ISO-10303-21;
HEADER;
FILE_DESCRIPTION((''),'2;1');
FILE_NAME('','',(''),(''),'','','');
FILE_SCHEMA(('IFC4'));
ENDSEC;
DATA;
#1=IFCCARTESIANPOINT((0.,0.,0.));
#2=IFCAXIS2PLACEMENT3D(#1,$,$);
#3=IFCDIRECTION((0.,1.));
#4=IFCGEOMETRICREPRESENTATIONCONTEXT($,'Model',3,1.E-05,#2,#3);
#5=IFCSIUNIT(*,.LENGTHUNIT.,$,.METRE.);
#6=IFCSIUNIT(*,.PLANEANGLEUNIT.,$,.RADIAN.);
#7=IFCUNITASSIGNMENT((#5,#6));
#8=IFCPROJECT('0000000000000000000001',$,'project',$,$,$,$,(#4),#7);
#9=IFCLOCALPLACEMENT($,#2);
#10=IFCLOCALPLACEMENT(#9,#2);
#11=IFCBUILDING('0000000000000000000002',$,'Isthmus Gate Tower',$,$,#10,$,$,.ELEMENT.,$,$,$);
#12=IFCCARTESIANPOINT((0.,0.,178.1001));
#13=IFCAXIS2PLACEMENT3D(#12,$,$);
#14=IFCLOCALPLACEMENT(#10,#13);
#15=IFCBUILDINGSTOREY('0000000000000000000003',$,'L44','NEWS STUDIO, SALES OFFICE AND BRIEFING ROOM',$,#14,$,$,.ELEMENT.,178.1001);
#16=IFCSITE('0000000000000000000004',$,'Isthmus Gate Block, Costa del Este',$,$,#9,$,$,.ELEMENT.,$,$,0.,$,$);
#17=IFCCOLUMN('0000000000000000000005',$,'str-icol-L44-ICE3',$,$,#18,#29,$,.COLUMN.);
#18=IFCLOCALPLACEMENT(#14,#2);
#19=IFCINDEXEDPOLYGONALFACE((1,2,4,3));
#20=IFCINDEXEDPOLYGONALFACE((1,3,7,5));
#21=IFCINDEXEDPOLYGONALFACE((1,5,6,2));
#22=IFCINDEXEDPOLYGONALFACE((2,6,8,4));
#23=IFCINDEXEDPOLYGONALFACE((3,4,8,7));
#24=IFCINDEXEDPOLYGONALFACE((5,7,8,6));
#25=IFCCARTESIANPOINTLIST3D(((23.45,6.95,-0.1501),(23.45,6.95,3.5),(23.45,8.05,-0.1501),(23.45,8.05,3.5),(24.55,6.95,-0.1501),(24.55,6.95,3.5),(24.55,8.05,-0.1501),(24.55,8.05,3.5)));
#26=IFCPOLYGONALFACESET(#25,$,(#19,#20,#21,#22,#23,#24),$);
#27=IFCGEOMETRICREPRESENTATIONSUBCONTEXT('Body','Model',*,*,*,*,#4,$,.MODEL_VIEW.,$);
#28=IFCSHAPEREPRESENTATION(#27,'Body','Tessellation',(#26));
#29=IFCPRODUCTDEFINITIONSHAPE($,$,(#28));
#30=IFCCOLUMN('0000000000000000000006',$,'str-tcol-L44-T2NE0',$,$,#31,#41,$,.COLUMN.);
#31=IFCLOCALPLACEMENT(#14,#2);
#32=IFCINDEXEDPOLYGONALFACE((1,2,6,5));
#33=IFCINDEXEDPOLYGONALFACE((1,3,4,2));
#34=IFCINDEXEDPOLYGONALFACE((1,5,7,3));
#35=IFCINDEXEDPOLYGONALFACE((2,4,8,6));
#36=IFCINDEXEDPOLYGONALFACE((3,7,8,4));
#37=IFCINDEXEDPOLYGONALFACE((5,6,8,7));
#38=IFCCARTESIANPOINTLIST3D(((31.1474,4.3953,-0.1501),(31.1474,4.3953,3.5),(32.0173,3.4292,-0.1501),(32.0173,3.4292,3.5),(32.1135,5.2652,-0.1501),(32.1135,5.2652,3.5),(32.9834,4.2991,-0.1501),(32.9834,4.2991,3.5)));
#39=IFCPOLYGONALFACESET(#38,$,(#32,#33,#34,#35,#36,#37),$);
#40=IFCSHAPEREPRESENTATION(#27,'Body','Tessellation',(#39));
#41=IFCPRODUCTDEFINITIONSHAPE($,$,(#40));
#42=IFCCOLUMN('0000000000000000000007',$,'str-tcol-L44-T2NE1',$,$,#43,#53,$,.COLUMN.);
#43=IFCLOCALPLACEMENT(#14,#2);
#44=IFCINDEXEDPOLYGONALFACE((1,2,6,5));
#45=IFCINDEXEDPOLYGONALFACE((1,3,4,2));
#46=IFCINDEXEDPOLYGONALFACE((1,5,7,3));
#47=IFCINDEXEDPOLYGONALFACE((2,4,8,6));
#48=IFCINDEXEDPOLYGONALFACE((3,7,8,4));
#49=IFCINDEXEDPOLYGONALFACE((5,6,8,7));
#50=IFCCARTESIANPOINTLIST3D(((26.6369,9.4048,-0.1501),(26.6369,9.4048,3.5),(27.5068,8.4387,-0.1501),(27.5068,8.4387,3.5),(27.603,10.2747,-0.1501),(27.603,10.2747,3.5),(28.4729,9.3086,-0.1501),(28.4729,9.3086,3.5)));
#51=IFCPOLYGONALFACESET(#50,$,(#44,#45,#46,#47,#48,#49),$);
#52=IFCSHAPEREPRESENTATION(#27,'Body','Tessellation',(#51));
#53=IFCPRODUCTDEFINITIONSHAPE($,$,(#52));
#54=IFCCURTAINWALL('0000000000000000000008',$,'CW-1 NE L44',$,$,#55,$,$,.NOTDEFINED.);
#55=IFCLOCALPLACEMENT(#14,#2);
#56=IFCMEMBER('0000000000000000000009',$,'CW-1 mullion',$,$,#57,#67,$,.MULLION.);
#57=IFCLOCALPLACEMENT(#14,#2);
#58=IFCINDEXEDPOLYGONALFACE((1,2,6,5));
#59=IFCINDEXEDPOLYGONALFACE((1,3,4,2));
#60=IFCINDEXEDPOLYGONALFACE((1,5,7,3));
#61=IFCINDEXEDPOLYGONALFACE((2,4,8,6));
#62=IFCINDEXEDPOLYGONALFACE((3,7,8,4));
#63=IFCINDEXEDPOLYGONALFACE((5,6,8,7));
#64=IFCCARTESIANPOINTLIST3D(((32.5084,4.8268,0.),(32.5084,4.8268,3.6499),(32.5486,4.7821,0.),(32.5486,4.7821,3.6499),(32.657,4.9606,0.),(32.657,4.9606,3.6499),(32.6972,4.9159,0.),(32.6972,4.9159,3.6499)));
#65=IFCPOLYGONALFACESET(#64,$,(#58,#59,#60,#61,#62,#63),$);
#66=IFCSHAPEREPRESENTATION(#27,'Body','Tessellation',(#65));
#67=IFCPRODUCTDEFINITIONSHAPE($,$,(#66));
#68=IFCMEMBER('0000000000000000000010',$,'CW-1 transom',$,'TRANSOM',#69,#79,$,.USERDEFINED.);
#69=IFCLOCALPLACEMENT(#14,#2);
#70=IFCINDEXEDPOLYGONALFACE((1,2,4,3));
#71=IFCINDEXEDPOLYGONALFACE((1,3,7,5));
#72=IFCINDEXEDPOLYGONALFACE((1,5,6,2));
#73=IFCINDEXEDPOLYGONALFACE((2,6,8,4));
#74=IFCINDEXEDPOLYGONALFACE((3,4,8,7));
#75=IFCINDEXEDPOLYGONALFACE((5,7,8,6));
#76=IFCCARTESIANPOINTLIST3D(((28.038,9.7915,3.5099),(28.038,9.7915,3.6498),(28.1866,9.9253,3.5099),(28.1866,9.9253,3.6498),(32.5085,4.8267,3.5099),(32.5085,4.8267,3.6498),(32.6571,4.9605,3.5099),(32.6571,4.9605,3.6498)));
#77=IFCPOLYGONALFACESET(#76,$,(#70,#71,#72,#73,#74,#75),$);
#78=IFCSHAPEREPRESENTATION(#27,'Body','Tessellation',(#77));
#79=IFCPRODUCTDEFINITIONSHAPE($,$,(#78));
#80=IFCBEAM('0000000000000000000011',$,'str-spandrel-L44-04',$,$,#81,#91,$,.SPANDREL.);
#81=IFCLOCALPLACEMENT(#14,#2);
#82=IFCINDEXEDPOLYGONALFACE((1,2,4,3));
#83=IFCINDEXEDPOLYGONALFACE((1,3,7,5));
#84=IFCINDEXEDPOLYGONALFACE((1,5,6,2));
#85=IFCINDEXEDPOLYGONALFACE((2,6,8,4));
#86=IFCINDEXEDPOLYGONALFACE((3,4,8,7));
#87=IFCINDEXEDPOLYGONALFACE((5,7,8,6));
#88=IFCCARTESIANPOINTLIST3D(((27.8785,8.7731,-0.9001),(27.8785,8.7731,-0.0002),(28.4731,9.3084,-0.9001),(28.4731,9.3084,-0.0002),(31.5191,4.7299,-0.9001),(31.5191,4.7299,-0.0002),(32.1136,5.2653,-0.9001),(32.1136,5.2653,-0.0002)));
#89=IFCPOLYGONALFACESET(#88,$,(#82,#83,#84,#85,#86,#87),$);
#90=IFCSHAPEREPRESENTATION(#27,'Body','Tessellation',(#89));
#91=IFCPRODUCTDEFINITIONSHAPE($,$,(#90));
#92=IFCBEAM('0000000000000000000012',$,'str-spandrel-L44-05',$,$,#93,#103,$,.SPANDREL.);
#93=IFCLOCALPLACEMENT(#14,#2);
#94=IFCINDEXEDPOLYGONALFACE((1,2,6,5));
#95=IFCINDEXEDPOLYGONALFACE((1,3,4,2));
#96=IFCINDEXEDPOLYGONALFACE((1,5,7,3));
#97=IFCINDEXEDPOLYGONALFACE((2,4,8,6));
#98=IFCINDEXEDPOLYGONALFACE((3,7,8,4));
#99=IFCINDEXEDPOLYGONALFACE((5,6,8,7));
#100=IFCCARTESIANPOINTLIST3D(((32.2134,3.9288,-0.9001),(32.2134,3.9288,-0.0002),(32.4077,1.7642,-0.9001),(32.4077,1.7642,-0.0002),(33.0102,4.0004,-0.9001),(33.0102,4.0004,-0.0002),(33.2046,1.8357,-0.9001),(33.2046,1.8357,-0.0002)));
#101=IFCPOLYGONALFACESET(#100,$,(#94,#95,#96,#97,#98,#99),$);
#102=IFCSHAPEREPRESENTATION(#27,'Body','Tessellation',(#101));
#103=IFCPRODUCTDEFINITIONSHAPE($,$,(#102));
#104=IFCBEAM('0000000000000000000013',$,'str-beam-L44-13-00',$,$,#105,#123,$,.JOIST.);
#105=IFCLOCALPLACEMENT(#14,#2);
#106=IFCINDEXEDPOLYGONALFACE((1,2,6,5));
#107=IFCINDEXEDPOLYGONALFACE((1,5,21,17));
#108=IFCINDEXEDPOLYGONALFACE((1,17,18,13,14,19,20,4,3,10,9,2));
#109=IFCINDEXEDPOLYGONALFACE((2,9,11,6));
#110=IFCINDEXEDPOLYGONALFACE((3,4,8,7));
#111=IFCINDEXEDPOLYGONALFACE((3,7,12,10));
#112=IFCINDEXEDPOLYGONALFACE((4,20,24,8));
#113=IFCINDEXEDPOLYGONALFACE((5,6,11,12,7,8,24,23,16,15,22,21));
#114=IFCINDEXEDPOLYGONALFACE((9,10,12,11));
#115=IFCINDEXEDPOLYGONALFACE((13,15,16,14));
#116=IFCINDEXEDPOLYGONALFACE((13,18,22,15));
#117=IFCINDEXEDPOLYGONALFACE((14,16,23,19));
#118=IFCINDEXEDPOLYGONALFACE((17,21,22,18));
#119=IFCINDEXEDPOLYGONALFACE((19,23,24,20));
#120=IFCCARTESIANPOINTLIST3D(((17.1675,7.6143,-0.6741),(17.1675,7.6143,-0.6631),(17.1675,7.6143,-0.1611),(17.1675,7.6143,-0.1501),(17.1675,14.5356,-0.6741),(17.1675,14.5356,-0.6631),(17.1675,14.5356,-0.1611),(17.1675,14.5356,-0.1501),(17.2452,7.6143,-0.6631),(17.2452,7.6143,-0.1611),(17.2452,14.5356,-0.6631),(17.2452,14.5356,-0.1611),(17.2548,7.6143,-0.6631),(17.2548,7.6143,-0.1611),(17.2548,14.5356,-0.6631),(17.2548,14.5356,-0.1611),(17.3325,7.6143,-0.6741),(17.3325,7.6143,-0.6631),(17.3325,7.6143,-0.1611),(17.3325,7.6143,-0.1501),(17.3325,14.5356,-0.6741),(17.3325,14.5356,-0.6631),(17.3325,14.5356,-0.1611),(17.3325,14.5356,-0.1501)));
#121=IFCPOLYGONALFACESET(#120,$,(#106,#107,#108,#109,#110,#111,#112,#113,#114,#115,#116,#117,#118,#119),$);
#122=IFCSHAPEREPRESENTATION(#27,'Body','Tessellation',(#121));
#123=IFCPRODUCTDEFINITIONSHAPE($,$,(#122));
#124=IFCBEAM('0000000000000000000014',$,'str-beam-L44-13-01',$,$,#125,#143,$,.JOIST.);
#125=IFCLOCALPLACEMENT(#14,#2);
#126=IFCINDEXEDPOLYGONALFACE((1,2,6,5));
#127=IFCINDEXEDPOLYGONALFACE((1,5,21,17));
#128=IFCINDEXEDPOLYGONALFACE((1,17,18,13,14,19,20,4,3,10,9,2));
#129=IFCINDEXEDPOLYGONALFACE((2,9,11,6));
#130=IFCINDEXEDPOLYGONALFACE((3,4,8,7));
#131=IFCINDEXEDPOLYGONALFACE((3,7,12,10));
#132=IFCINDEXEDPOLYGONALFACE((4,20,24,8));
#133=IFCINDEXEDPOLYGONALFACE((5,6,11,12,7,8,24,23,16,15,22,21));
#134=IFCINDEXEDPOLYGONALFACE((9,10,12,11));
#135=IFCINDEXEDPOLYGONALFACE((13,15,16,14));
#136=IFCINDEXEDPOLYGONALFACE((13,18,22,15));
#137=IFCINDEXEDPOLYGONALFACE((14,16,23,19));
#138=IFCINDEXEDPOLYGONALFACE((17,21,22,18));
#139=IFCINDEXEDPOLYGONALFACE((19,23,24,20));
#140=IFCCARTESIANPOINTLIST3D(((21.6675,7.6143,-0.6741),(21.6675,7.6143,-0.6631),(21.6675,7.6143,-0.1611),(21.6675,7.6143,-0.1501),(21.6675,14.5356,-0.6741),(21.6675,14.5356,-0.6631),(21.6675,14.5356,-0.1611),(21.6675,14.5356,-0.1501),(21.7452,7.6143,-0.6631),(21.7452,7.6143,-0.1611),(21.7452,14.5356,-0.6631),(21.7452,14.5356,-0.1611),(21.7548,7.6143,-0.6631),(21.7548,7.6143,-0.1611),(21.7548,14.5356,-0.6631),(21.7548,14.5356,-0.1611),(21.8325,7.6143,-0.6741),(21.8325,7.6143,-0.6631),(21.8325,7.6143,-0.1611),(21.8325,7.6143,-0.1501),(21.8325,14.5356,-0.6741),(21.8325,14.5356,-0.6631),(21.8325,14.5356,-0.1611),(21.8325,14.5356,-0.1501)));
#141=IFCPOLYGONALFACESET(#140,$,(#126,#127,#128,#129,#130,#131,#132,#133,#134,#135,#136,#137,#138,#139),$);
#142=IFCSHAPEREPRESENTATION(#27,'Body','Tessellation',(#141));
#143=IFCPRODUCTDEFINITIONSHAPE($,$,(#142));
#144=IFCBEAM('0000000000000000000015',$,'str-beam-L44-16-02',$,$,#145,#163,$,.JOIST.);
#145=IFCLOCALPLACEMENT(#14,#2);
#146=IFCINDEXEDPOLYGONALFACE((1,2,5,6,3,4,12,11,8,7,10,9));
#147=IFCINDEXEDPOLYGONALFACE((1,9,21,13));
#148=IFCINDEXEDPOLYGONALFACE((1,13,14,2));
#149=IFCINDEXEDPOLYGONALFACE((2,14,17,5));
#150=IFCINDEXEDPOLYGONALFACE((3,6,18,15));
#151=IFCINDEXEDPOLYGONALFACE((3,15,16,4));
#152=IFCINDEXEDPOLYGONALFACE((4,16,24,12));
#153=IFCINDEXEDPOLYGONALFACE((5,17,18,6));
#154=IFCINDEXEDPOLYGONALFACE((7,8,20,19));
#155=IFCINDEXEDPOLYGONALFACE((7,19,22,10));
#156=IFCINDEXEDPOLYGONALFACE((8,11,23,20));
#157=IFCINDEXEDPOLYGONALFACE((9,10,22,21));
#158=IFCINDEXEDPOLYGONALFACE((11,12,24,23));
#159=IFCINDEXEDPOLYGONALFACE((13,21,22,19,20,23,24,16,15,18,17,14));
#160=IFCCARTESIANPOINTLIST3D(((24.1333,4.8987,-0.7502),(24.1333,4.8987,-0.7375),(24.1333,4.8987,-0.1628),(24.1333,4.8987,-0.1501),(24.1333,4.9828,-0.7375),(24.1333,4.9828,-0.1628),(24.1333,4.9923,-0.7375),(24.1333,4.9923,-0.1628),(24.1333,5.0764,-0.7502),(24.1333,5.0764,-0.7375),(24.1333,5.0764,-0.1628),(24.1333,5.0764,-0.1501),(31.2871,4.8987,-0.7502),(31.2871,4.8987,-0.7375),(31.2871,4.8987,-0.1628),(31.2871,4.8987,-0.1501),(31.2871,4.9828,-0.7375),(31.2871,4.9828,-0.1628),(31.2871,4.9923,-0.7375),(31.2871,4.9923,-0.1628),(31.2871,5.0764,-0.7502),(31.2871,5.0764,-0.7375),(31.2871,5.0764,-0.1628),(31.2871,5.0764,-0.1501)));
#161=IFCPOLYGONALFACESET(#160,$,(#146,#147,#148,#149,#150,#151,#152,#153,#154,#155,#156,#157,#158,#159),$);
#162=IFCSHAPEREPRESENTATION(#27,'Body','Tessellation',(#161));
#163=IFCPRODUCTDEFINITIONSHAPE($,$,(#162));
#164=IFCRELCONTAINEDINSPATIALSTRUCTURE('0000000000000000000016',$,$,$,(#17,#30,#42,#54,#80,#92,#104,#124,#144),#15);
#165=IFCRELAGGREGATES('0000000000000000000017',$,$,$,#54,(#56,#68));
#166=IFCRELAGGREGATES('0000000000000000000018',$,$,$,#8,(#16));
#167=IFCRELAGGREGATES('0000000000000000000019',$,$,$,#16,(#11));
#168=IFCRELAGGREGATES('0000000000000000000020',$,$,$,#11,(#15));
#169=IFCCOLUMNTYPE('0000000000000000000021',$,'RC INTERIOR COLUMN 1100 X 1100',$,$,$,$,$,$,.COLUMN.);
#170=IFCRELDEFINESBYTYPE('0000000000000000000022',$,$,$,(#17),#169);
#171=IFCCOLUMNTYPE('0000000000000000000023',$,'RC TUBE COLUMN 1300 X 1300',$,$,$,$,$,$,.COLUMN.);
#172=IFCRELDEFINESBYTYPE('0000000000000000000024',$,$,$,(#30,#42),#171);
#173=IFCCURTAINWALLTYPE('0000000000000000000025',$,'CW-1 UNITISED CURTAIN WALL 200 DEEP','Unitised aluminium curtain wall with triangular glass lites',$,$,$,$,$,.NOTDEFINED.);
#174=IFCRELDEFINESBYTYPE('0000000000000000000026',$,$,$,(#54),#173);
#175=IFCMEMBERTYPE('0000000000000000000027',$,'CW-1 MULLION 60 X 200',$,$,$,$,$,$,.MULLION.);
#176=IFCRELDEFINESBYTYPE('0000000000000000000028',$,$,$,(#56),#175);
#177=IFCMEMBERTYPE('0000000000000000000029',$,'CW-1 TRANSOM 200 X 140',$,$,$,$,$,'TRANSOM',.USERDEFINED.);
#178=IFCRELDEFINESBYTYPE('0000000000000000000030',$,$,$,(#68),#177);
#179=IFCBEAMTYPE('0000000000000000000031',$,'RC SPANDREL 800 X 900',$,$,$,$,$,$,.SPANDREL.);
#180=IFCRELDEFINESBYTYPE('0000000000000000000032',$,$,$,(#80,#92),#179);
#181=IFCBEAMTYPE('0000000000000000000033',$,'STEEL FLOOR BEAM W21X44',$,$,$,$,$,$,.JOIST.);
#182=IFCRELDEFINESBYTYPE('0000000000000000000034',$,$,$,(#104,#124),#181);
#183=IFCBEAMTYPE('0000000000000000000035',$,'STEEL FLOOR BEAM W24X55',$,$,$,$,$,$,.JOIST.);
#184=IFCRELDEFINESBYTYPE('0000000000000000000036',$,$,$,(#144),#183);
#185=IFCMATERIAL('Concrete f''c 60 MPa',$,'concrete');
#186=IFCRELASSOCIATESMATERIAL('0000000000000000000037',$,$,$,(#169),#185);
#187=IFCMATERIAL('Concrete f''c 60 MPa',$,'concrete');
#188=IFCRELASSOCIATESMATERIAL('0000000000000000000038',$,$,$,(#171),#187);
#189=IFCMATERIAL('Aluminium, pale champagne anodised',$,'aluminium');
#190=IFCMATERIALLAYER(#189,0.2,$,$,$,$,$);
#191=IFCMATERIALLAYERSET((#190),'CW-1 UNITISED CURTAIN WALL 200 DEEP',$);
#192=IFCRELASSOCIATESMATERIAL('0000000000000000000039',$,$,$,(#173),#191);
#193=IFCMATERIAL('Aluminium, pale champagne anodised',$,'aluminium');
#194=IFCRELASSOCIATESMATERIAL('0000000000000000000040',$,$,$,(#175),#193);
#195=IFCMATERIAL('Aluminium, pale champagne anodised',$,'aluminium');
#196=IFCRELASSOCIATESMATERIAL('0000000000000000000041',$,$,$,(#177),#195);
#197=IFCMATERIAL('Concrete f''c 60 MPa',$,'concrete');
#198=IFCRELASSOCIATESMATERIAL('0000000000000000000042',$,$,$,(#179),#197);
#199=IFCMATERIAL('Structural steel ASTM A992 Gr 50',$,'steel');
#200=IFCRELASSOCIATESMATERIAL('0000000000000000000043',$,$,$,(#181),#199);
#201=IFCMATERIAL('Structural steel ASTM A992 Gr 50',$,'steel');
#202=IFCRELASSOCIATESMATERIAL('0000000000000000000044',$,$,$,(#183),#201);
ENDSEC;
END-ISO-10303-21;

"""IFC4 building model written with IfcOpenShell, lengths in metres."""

from ifc_helpers import new_model, si_unit, direction, frame, origin, origin_2d, place, context, subcontext, project, spatial, rectangle, i_section, extrude, material, layer, layer_set, material_profile, profile_set, type_object, element, aggregate, save


model = new_model("IFC4")

# Units and contexts
model_context = context("Model", 3, precision=1e-05, world=origin(), true_north=direction((0.0, 1.0)))
body_context = subcontext(model_context, "Body", "Model", "MODEL_VIEW")
ifc_project = project(units=[si_unit("LENGTHUNIT", "METRE"), si_unit("PLANEANGLEUNIT", "RADIAN")], contexts=[model_context])

# Site, building, storey
site_placement = place(None, origin())
site = spatial("IfcSite", under=ifc_project, at=site_placement, Name="Isthmus Gate Block, Costa del Este", CompositionType="ELEMENT", RefElevation=0.0)
building_placement = place(site_placement, origin())
building = spatial("IfcBuilding", under=site, at=building_placement, Name="Isthmus Gate Tower", CompositionType="ELEMENT")
storey_placement = place(building_placement, frame((0.0, 0.0, 178.1001)))
storey = spatial("IfcBuildingStorey", under=building, at=storey_placement, Name="L44", Description="NEWS STUDIO, SALES OFFICE AND BRIEFING ROOM", CompositionType="ELEMENT", Elevation=178.1001)

# Columns
ifc_material_1 = material(Name="Concrete f'c 60 MPa", Category="concrete")
ifc_material_profile_1 = material_profile(ifc_material_1, rectangle(XDim=1.1001, YDim=1.1001, at=origin_2d()), Name="RC 1100X1100")
ifc_profile_set_1 = profile_set([ifc_material_profile_1], Name="Concrete f'c 60 MPa")
column_type_1 = type_object("IfcColumnType", Name="RC INTERIOR COLUMN 1100 X 1100", PredefinedType="COLUMN", material=ifc_profile_set_1)
column_placement = place(storey_placement, frame((24.0, 7.5, -0.1501), z_axis=(0.0, 0.0, 1.0), x_axis=(1.0, 0.0, 0.0)))
element("IfcColumn", 1, at=column_placement, inside=storey, type_object=column_type_1, Name="str-icol-L44-ICE3", PredefinedType="COLUMN", context=body_context, shape_type="SweptSolid", body=[
    extrude(rectangle(XDim=1.1001, YDim=1.1001, at=origin_2d()), origin(), (0.0, 0.0, 1.0), 3.6501),
])
ifc_material_2 = material(Name="Concrete f'c 60 MPa", Category="concrete")
ifc_material_profile_2 = material_profile(ifc_material_2, rectangle(XDim=1.3, YDim=1.3, at=origin_2d()), Name="RC 1300X1300")
ifc_profile_set_2 = profile_set([ifc_material_profile_2], Name="Concrete f'c 60 MPa")
column_type_2 = type_object("IfcColumnType", Name="RC TUBE COLUMN 1300 X 1300", PredefinedType="COLUMN", material=ifc_profile_set_2)
for number, where, z_axis, x_axis, name in (
    (2, (32.0654, 4.3472, -0.1501), (0.0, 0.0, 1.0), (-0.669131, 0.743145, 0.0), "str-tcol-L44-T2NE0"),
    (3, (27.5549, 9.3567, -0.1501), (0.0, 0.0, 1.0), (-0.669131, 0.743145, 0.0), "str-tcol-L44-T2NE1"),
):
    element("IfcColumn", number, at=place(storey_placement, frame(where, z_axis=z_axis, x_axis=x_axis)), inside=storey, type_object=column_type_2, Name=name, PredefinedType="COLUMN", context=body_context, shape_type="SweptSolid", body=[
        extrude(rectangle(XDim=1.3, YDim=1.3, at=origin_2d()), origin(), (0.0, 0.0, 1.0), 3.6501),
    ])

# Curtain wall, members
ifc_material_3 = material(Name="Aluminium, pale champagne anodised", Category="aluminium")
ifc_layer_1 = layer(ifc_material_3, 0.2)
ifc_layer_set_1 = layer_set([ifc_layer_1], Name="CW-1 UNITISED CURTAIN WALL 200 DEEP")
curtain_wall_type = type_object("IfcCurtainWallType", Name="CW-1 UNITISED CURTAIN WALL 200 DEEP", Description="Unitised aluminium curtain wall with triangular glass lites", PredefinedType="NOTDEFINED", material=ifc_layer_set_1)
curtain_wall_placement = place(storey_placement, origin())
curtain_wall = element("IfcCurtainWall", 4, at=curtain_wall_placement, inside=storey, type_object=curtain_wall_type, Name="CW-1 NE L44", PredefinedType="NOTDEFINED")
ifc_material_4 = material(Name="Aluminium, pale champagne anodised", Category="aluminium")
ifc_material_profile_3 = material_profile(ifc_material_4, rectangle(XDim=0.0601, YDim=0.2, at=origin_2d()), Name="60x200")
ifc_profile_set_3 = profile_set([ifc_material_profile_3], Name="Aluminium, pale champagne anodised")
member_type_1 = type_object("IfcMemberType", Name="CW-1 MULLION 60 X 200", PredefinedType="MULLION", material=ifc_profile_set_3)
member_1_placement = place(storey_placement, frame((32.6028, 4.8713, 0.0), z_axis=(0.0, 0.0, 1.0), x_axis=(-0.669131, 0.743145, 0.0)))
member_1 = element("IfcMember", 5, at=member_1_placement, type_object=member_type_1, Name="CW-1 mullion", PredefinedType="MULLION", context=body_context, shape_type="SweptSolid", body=[
    extrude(rectangle(XDim=0.0601, YDim=0.2, at=origin_2d()), origin(), (0.0, 0.0, 1.0), 3.6499),
])
ifc_material_5 = material(Name="Aluminium, pale champagne anodised", Category="aluminium")
ifc_material_profile_4 = material_profile(ifc_material_5, rectangle(XDim=0.2, YDim=0.1399, at=origin_2d()), Name="200x140")
ifc_profile_set_4 = profile_set([ifc_material_profile_4], Name="Aluminium, pale champagne anodised")
member_type_2 = type_object("IfcMemberType", Name="CW-1 TRANSOM 200 X 140", ElementType="TRANSOM", PredefinedType="USERDEFINED", material=ifc_profile_set_4)
member_2_placement = place(storey_placement, frame((32.5828, 4.8936, 3.5798), z_axis=(-0.669138, 0.743138, 0.0), x_axis=(-0.743138, -0.669138, 0.0)))
member_2 = element("IfcMember", 6, at=member_2_placement, type_object=member_type_2, Name="CW-1 transom", ObjectType="TRANSOM", PredefinedType="USERDEFINED", context=body_context, shape_type="SweptSolid", body=[
    extrude(rectangle(XDim=0.2, YDim=0.1399, at=origin_2d()), origin(), (0.0, 0.0, 1.0), 6.6809),
])

# Beams
ifc_material_6 = material(Name="Concrete f'c 60 MPa", Category="concrete")
ifc_material_profile_5 = material_profile(ifc_material_6, rectangle(XDim=0.8, YDim=0.8999, at=origin_2d()), Name="RC 800X900")
ifc_profile_set_5 = profile_set([ifc_material_profile_5], Name="Concrete f'c 60 MPa")
beam_type_1 = type_object("IfcBeamType", Name="RC SPANDREL 800 X 900", PredefinedType="SPANDREL", material=ifc_profile_set_5)
beam_1_placement = place(storey_placement, frame((28.1758, 9.0408, -0.4502), z_axis=(0.669141, -0.743136, 0.0), x_axis=(0.743136, 0.669141, 0.0)))
element("IfcBeam", 7, at=beam_1_placement, inside=storey, type_object=beam_type_1, Name="str-spandrel-L44-04", PredefinedType="SPANDREL", context=body_context, shape_type="SweptSolid", body=[
    extrude(rectangle(XDim=0.8, YDim=0.8999, at=origin_2d()), origin(), (0.0, 0.0, 1.0), 5.4407),
])
beam_2_placement = place(storey_placement, frame((32.6118, 3.9646, -0.4502), z_axis=(0.089422, -0.995994, 0.0), x_axis=(0.995994, 0.089422, 0.0)))
element("IfcBeam", 8, at=beam_2_placement, inside=storey, type_object=beam_type_1, Name="str-spandrel-L44-05", PredefinedType="SPANDREL", context=body_context, shape_type="SweptSolid", body=[
    extrude(rectangle(XDim=0.8, YDim=0.8999, at=origin_2d()), origin(), (0.0, 0.0, 1.0), 2.1733),
])
ifc_material_7 = material(Name="Structural steel ASTM A992 Gr 50", Category="steel")
ifc_material_profile_6 = material_profile(ifc_material_7, i_section(OverallWidth=0.165, OverallDepth=0.5239, WebThickness=0.0095, FlangeThickness=0.011, at=origin_2d()), Name="W21X44")
ifc_profile_set_6 = profile_set([ifc_material_profile_6], Name="Structural steel ASTM A992 Gr 50")
beam_type_2 = type_object("IfcBeamType", Name="STEEL FLOOR BEAM W21X44", PredefinedType="JOIST", material=ifc_profile_set_6)
for number, where, z_axis, x_axis, name in (
    (9, (17.25, 7.6143, -0.4121), (0.0, 1.0, 0.0), (-1.0, 0.0, 0.0), "str-beam-L44-13-00"),
    (10, (21.75, 7.6143, -0.4121), (0.0, 1.0, 0.0), (-1.0, 0.0, 0.0), "str-beam-L44-13-01"),
):
    element("IfcBeam", number, at=place(storey_placement, frame(where, z_axis=z_axis, x_axis=x_axis)), inside=storey, type_object=beam_type_2, Name=name, PredefinedType="JOIST", context=body_context, shape_type="SweptSolid", body=[
        extrude(i_section(OverallWidth=0.165, OverallDepth=0.5239, WebThickness=0.0095, FlangeThickness=0.011, at=origin_2d()), origin(), (0.0, 0.0, 1.0), 6.9214),
    ])
ifc_material_8 = material(Name="Structural steel ASTM A992 Gr 50", Category="steel")
ifc_material_profile_7 = material_profile(ifc_material_8, i_section(OverallWidth=0.1777, OverallDepth=0.6001, WebThickness=0.0095, FlangeThickness=0.0127, at=origin_2d()), Name="W24X55")
ifc_profile_set_7 = profile_set([ifc_material_profile_7], Name="Structural steel ASTM A992 Gr 50")
beam_type_3 = type_object("IfcBeamType", Name="STEEL FLOOR BEAM W24X55", PredefinedType="JOIST", material=ifc_profile_set_7)
beam_3_placement = place(storey_placement, frame((24.1333, 4.9875, -0.4502), z_axis=(1.0, 0.0, 0.0), x_axis=(0.0, 1.0, 0.0)))
element("IfcBeam", 11, at=beam_3_placement, inside=storey, type_object=beam_type_3, Name="str-beam-L44-16-02", PredefinedType="JOIST", context=body_context, shape_type="SweptSolid", body=[
    extrude(i_section(OverallWidth=0.1777, OverallDepth=0.6001, WebThickness=0.0095, FlangeThickness=0.0127, at=origin_2d()), origin(), (0.0, 0.0, 1.0), 7.1538),
])

aggregate(curtain_wall, [member_1, member_2])

save(model, "model.ifc")
